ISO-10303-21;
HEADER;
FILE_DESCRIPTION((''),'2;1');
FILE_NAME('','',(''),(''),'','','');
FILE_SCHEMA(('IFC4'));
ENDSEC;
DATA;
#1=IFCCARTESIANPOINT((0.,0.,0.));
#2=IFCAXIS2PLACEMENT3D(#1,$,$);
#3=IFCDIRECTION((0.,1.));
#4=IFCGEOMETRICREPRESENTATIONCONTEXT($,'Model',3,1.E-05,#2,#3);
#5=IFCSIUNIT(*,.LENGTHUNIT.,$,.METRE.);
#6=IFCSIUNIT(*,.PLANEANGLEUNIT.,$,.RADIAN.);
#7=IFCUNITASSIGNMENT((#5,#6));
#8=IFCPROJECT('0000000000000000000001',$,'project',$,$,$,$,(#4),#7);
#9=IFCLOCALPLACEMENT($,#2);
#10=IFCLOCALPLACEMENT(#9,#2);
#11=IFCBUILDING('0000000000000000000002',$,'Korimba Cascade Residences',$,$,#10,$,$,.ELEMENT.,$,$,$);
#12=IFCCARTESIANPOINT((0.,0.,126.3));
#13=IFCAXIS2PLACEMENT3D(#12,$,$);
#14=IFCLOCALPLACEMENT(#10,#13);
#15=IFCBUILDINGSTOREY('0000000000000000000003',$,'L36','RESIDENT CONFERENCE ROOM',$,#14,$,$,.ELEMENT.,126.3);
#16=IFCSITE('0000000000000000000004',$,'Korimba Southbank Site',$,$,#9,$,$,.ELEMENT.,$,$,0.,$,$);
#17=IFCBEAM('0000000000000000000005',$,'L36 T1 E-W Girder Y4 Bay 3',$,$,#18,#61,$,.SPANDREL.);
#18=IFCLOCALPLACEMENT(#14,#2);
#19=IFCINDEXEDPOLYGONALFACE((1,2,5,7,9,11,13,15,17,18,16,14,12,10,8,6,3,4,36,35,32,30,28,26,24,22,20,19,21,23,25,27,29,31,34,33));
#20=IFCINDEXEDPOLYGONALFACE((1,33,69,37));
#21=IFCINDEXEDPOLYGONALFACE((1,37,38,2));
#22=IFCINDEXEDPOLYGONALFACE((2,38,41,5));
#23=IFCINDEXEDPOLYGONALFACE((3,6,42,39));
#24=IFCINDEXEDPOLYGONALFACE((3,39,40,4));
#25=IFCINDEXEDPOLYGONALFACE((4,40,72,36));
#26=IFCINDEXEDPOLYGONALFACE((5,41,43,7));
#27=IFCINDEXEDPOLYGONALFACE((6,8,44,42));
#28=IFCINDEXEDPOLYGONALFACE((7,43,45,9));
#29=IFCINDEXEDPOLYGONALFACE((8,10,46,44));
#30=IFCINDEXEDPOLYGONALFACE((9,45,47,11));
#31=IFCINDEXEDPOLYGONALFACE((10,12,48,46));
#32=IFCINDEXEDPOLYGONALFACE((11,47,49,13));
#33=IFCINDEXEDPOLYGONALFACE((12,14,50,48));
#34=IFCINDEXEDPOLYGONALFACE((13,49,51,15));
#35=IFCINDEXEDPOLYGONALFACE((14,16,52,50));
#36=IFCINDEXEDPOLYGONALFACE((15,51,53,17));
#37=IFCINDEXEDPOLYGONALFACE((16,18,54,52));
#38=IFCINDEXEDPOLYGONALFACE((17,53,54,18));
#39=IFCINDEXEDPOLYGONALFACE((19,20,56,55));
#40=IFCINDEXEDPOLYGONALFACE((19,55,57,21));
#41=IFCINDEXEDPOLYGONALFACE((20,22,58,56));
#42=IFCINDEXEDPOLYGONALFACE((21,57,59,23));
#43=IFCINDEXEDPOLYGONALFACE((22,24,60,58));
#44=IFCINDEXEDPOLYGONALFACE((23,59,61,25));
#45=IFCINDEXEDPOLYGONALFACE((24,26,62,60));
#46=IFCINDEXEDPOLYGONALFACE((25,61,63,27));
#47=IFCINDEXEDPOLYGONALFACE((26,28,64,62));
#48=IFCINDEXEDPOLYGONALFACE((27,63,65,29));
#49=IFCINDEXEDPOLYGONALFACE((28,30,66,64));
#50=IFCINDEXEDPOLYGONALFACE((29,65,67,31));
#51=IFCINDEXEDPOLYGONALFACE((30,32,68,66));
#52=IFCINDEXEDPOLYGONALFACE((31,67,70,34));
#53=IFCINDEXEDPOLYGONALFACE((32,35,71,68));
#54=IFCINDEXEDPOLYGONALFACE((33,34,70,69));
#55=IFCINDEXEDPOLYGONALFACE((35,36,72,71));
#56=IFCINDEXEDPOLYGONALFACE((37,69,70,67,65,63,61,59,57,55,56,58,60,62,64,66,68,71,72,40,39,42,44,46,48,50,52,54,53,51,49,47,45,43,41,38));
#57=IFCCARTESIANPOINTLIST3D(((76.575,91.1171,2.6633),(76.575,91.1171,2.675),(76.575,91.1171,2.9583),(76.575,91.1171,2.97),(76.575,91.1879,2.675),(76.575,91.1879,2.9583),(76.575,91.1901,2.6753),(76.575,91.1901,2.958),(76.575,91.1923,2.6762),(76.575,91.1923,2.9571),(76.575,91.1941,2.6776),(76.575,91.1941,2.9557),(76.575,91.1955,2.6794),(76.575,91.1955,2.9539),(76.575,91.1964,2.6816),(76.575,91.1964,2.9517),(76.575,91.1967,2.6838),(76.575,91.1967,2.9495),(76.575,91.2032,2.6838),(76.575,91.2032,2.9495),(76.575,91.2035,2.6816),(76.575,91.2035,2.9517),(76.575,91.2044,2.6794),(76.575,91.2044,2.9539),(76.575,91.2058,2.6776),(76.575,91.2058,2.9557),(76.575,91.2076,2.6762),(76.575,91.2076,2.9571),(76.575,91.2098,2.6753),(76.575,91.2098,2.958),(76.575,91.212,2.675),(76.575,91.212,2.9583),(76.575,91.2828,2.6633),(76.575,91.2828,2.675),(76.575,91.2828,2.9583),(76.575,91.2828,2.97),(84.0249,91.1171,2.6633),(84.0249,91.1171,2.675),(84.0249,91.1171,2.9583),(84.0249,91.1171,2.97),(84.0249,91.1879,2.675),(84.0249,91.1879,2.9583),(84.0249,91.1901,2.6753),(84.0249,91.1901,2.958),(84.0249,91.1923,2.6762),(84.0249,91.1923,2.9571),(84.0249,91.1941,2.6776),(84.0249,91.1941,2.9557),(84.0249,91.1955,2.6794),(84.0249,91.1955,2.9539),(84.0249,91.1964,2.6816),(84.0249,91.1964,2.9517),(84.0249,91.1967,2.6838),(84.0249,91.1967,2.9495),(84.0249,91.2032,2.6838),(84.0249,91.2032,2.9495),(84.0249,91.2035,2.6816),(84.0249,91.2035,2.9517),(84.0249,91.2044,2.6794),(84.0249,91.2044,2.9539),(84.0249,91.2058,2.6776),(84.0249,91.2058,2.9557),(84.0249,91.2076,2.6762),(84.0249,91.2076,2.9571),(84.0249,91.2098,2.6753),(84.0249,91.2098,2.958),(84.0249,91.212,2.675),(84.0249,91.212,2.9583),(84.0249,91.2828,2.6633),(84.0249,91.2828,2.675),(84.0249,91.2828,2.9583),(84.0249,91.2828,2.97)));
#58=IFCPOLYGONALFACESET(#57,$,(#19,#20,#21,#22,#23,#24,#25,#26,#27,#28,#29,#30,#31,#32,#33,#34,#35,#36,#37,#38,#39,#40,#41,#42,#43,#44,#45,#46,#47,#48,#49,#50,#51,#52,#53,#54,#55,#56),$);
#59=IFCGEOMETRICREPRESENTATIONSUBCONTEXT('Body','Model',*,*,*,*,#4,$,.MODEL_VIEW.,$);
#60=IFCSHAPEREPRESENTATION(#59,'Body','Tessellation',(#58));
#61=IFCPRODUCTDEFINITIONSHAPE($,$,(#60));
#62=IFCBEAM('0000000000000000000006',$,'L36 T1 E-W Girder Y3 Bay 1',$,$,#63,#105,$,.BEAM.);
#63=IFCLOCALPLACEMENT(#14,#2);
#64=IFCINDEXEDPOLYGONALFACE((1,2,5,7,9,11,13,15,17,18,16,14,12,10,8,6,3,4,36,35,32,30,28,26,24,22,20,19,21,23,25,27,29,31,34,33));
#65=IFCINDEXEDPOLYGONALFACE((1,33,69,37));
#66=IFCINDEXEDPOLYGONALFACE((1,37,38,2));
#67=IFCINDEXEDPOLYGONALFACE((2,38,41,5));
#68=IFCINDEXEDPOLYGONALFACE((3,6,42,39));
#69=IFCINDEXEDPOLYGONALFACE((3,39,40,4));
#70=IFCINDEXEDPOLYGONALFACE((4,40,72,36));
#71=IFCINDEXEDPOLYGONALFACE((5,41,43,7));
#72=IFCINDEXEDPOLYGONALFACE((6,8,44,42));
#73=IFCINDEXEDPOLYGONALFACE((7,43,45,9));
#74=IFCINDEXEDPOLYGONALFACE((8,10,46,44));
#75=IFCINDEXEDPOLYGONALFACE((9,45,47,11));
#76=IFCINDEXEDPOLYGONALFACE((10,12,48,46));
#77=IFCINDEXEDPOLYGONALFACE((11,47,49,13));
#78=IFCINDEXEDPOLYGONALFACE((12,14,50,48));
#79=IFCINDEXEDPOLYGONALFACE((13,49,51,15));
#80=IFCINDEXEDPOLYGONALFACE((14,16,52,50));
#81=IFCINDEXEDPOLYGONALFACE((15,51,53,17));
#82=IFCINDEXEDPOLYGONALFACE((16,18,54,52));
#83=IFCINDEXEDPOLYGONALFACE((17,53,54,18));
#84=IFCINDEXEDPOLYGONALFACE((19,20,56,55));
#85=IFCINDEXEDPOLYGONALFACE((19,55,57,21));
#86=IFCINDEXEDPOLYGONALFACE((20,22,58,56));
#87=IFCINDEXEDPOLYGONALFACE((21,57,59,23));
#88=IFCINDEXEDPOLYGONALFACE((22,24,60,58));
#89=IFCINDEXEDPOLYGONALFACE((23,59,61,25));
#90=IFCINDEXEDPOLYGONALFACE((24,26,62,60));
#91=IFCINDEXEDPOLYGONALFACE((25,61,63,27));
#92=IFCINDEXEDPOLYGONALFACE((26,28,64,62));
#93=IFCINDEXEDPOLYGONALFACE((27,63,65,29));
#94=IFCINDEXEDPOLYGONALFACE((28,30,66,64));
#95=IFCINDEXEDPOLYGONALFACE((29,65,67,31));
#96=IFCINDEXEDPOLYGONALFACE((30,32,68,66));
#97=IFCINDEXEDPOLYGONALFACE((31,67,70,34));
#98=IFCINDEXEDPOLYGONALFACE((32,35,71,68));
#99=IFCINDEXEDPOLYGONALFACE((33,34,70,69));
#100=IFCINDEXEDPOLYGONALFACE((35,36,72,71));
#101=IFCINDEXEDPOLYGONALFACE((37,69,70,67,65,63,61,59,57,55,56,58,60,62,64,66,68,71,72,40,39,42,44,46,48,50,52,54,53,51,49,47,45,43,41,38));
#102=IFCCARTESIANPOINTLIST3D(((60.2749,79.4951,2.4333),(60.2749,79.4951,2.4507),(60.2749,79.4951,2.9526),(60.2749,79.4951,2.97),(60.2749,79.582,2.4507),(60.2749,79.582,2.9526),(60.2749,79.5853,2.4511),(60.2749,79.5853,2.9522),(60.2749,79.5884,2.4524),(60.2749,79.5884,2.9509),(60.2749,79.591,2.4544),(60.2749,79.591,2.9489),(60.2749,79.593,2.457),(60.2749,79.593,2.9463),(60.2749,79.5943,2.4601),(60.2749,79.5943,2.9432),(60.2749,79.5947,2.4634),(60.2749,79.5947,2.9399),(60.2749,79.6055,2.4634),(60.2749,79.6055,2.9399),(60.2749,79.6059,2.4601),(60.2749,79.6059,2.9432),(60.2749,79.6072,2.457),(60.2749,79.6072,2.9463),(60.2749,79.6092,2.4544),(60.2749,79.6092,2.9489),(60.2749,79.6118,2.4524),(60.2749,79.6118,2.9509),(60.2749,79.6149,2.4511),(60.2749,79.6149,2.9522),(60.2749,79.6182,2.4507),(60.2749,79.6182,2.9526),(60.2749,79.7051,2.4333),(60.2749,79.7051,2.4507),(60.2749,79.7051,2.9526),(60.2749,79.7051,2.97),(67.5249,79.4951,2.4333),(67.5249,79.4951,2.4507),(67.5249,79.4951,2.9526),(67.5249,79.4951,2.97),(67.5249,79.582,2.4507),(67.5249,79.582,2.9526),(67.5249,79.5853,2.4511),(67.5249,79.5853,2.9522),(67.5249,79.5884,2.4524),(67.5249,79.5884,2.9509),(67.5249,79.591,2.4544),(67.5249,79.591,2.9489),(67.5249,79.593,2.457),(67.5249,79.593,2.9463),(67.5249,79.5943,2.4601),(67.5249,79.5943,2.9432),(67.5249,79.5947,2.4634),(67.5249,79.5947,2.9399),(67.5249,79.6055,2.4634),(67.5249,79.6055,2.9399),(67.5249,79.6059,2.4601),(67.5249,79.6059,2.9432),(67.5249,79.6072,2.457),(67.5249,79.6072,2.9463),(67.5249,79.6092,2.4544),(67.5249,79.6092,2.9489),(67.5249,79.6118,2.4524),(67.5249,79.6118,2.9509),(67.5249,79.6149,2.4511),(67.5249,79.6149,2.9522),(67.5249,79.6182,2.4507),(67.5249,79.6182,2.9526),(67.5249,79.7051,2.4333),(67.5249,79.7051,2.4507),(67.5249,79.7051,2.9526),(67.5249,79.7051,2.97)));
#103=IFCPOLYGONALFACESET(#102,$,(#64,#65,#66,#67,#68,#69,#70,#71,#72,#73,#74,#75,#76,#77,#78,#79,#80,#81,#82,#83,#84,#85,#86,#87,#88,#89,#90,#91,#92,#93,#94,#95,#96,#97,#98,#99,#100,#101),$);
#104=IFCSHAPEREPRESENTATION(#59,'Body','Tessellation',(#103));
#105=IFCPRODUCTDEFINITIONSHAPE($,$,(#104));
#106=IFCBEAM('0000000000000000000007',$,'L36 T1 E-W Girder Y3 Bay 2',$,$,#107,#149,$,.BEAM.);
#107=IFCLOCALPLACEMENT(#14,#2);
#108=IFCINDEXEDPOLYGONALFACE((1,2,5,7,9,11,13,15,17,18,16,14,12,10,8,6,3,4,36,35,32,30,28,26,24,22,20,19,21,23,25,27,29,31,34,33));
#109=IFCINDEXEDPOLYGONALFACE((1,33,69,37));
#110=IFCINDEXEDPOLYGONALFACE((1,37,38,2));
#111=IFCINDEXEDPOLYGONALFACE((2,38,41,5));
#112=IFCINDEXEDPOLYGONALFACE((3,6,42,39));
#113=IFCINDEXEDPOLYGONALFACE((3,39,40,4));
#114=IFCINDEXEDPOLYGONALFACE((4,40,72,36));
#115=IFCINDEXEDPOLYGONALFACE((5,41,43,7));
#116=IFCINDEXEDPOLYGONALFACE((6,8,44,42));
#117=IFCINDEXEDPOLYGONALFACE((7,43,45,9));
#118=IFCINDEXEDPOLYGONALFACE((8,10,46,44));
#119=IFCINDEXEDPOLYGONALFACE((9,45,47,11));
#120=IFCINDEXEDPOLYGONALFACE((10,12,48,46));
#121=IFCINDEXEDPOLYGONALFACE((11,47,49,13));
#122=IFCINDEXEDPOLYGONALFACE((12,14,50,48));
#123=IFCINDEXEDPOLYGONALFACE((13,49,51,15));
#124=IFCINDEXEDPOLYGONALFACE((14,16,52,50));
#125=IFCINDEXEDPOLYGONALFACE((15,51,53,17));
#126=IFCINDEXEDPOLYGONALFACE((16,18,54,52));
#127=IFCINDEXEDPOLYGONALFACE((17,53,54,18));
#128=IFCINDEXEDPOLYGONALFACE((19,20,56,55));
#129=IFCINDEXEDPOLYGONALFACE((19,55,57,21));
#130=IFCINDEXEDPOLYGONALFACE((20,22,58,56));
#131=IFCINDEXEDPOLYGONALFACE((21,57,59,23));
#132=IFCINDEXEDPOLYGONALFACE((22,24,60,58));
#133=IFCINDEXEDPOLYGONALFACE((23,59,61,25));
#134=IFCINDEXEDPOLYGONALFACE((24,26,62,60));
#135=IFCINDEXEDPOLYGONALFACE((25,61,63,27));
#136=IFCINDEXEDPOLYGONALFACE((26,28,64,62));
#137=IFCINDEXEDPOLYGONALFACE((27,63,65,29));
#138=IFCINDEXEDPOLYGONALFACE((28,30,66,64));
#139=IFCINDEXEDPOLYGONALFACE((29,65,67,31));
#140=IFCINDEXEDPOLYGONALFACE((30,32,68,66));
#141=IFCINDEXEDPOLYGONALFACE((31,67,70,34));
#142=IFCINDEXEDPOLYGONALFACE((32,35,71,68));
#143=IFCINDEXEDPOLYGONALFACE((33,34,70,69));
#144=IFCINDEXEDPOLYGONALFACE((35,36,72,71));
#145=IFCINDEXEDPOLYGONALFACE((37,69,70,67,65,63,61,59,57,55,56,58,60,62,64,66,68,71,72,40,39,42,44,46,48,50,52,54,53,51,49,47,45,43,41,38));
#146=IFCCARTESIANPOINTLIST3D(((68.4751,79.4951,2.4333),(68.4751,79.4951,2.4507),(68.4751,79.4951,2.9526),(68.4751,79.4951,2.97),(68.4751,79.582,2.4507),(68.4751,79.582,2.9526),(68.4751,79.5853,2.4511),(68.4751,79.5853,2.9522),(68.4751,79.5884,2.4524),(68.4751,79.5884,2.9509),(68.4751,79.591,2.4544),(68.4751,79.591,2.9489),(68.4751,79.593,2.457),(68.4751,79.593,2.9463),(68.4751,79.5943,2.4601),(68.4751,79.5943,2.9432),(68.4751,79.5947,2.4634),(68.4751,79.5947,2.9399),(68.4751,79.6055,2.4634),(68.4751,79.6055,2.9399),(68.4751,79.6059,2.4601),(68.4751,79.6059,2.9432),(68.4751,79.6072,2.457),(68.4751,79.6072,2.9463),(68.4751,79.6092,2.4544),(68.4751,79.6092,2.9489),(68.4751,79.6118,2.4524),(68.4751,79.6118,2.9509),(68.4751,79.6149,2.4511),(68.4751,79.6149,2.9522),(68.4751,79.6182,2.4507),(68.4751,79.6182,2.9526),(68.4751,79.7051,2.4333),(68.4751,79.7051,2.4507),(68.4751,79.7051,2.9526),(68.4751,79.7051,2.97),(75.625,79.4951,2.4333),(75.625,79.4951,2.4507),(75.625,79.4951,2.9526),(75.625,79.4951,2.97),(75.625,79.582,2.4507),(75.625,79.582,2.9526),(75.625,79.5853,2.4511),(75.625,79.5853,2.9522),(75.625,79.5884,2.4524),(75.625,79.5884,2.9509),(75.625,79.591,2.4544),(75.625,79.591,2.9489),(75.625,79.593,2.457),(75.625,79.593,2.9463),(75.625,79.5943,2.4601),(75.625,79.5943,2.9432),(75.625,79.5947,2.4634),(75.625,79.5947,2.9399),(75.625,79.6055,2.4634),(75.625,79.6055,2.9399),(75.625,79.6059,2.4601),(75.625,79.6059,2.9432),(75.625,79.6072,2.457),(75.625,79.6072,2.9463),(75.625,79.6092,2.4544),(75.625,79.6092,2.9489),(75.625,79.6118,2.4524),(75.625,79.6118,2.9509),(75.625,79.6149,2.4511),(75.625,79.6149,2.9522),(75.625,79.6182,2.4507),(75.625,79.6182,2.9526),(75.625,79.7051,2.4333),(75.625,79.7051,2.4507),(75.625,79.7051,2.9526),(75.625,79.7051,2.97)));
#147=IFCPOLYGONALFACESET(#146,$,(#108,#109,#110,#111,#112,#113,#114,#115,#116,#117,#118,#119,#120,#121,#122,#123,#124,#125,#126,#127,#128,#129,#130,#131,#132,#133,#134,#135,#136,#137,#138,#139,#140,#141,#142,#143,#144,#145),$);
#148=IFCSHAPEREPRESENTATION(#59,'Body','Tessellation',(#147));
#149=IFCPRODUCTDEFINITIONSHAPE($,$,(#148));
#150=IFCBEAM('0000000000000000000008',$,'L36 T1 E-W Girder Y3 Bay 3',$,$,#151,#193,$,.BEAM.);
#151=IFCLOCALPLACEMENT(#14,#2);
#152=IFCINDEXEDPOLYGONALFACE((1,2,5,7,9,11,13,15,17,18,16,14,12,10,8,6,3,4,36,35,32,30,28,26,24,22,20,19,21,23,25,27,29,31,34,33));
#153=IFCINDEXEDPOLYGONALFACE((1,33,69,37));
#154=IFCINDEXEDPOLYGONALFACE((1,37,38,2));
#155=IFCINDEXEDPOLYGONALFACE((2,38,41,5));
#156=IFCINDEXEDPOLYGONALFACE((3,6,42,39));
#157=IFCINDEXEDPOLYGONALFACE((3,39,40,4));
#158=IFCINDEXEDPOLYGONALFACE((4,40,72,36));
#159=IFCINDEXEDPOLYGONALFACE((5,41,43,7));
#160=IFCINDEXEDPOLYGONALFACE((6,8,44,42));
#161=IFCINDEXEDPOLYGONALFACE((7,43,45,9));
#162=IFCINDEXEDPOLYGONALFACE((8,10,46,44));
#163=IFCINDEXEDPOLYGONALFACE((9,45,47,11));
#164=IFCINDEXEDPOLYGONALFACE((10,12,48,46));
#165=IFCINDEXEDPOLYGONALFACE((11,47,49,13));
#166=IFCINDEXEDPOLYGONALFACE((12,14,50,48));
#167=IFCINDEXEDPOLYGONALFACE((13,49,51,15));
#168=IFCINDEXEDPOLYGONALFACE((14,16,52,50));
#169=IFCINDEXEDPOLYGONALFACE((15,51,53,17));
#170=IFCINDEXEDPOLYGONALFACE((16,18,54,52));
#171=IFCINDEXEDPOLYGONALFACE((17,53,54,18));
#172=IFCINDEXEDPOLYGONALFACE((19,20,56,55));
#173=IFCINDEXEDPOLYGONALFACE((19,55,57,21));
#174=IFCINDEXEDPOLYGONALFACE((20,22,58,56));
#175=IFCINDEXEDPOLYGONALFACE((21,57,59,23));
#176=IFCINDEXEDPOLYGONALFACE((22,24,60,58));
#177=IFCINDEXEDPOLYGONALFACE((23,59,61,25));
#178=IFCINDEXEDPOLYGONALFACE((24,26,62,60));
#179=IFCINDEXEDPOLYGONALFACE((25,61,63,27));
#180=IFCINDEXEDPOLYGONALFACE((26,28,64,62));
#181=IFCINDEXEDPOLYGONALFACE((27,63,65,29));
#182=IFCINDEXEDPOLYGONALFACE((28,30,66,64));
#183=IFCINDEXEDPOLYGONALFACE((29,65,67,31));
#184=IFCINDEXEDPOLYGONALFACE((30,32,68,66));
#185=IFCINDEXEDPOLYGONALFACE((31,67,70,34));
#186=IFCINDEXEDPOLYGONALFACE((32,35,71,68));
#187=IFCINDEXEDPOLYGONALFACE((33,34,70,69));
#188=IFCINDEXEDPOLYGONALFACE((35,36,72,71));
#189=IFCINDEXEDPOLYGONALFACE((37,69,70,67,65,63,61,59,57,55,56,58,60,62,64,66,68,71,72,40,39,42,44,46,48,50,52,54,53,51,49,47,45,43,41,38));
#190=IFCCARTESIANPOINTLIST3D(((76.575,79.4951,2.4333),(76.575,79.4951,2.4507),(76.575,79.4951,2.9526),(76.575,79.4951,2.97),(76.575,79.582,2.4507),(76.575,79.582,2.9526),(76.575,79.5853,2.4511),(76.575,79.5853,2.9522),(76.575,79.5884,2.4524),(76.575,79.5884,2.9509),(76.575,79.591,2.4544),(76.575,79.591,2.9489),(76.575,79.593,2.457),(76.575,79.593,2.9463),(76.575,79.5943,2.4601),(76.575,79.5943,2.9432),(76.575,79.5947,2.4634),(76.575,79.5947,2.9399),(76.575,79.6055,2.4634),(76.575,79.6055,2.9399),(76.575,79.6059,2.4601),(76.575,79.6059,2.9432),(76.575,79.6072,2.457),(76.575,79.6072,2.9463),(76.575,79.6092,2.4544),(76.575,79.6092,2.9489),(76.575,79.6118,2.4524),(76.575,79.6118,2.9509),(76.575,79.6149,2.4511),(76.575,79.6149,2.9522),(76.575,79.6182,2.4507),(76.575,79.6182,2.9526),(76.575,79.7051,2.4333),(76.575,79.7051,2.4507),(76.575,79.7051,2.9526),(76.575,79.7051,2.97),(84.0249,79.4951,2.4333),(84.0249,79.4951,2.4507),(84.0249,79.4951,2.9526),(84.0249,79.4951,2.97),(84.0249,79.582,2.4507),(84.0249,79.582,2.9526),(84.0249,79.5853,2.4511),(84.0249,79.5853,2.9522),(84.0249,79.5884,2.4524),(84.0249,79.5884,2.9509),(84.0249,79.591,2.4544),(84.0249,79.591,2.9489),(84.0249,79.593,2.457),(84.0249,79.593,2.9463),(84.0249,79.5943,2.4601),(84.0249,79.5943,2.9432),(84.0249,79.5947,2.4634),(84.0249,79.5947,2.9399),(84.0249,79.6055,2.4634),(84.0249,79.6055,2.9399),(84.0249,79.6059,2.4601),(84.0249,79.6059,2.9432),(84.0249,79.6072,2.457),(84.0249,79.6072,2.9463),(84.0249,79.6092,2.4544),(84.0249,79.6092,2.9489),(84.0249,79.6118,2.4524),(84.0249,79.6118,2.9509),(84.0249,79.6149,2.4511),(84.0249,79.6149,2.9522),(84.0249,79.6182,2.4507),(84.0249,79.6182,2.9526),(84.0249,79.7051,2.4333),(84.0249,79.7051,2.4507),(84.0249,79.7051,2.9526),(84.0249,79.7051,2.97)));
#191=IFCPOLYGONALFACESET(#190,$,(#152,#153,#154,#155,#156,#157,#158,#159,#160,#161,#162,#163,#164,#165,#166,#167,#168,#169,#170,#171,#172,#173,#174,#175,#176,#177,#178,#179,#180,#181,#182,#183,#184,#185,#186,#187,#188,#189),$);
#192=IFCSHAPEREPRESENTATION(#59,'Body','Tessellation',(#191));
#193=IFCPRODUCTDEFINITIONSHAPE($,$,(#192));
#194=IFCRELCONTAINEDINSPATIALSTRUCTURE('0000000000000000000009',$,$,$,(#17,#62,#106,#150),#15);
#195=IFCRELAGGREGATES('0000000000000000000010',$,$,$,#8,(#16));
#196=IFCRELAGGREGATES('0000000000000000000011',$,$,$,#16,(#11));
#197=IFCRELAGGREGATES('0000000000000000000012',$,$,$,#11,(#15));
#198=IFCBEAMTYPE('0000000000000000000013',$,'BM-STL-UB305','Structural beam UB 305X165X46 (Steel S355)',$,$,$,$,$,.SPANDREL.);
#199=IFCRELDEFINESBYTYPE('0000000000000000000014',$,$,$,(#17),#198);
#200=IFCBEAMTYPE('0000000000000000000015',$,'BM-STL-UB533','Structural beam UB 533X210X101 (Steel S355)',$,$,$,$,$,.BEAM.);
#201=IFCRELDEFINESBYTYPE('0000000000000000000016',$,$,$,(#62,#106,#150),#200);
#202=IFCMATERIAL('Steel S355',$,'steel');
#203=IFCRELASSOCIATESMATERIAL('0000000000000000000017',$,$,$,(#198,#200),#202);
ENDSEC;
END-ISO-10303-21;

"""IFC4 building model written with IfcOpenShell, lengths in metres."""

from ifc_helpers import new_model, si_unit, direction, frame, origin, origin_2d, place, context, subcontext, project, spatial, i_section, extrude, material, material_profile, profile_set, type_object, element, save


model = new_model("IFC4")

# Units and contexts
model_context = context("Model", 3, precision=1e-05, world=origin(), true_north=direction((0.0, 1.0)))
body_context = subcontext(model_context, "Body", "Model", "MODEL_VIEW")
ifc_project = project(units=[si_unit("LENGTHUNIT", "METRE"), si_unit("PLANEANGLEUNIT", "RADIAN")], contexts=[model_context])

# Site, building, storey
site_placement = place(None, origin())
site = spatial("IfcSite", under=ifc_project, at=site_placement, Name="Korimba Southbank Site", CompositionType="ELEMENT", RefElevation=0.0)
building_placement = place(site_placement, origin())
building = spatial("IfcBuilding", under=site, at=building_placement, Name="Korimba Cascade Residences", CompositionType="ELEMENT")
storey_placement = place(building_placement, frame((0.0, 0.0, 126.3)))
storey = spatial("IfcBuildingStorey", under=building, at=storey_placement, Name="L36", Description="RESIDENT CONFERENCE ROOM", CompositionType="ELEMENT", Elevation=126.3)

# Beams
ifc_material_1 = material(Name="Steel S355", Category="steel")
ifc_material_profile_1 = material_profile(ifc_material_1, i_section(OverallWidth=0.1658, OverallDepth=0.3066, WebThickness=0.0066, FlangeThickness=0.0117, FilletRadius=0.0088, at=origin_2d()), Name="Steel S355")
ifc_profile_set_1 = profile_set([ifc_material_profile_1], Name="Steel S355")
beam_type_1 = type_object("IfcBeamType", Name="BM-STL-UB305", Description="Structural beam UB 305X165X46 (Steel S355)", PredefinedType="SPANDREL", material=ifc_profile_set_1)
beam_1_placement = place(storey_placement, frame((76.575, 91.2, 2.8167), z_axis=(1.0, 0.0, 0.0), x_axis=(0.0, 1.0, 0.0)))
element("IfcBeam", 1, at=beam_1_placement, inside=storey, type_object=beam_type_1, Name="L36 T1 E-W Girder Y4 Bay 3", PredefinedType="SPANDREL", context=body_context, shape_type="SweptSolid", body=[
    extrude(i_section(OverallWidth=0.1658, OverallDepth=0.3066, WebThickness=0.0066, FlangeThickness=0.0117, FilletRadius=0.0088, at=origin_2d()), origin(), (0.0, 0.0, 1.0), 7.45),
])
ifc_material_profile_2 = material_profile(ifc_material_1, i_section(OverallWidth=0.21, OverallDepth=0.5366, WebThickness=0.0107, FlangeThickness=0.0173, FilletRadius=0.0127, at=origin_2d()), Name="Steel S355")
ifc_profile_set_2 = profile_set([ifc_material_profile_2], Name="Steel S355")
beam_type_2 = type_object("IfcBeamType", Name="BM-STL-UB533", Description="Structural beam UB 533X210X101 (Steel S355)", PredefinedType="BEAM", material=ifc_profile_set_2)
beam_2_placement = place(storey_placement, frame((60.2749, 79.6001, 2.7017), z_axis=(1.0, 0.0, 0.0), x_axis=(0.0, 1.0, 0.0)))
element("IfcBeam", 2, at=beam_2_placement, inside=storey, type_object=beam_type_2, Name="L36 T1 E-W Girder Y3 Bay 1", PredefinedType="BEAM", context=body_context, shape_type="SweptSolid", body=[
    extrude(i_section(OverallWidth=0.21, OverallDepth=0.5366, WebThickness=0.0107, FlangeThickness=0.0173, FilletRadius=0.0127, at=origin_2d()), origin(), (0.0, 0.0, 1.0), 7.25),
])
beam_3_placement = place(storey_placement, frame((68.4751, 79.6001, 2.7017), z_axis=(1.0, 0.0, 0.0), x_axis=(0.0, 1.0, 0.0)))
element("IfcBeam", 3, at=beam_3_placement, inside=storey, type_object=beam_type_2, Name="L36 T1 E-W Girder Y3 Bay 2", PredefinedType="BEAM", context=body_context, shape_type="SweptSolid", body=[
    extrude(i_section(OverallWidth=0.21, OverallDepth=0.5366, WebThickness=0.0107, FlangeThickness=0.0173, FilletRadius=0.0127, at=origin_2d()), origin(), (0.0, 0.0, 1.0), 7.1499),
])
beam_4_placement = place(storey_placement, frame((76.575, 79.6001, 2.7017), z_axis=(1.0, 0.0, 0.0), x_axis=(0.0, 1.0, 0.0)))
element("IfcBeam", 4, at=beam_4_placement, inside=storey, type_object=beam_type_2, Name="L36 T1 E-W Girder Y3 Bay 3", PredefinedType="BEAM", context=body_context, shape_type="SweptSolid", body=[
    extrude(i_section(OverallWidth=0.21, OverallDepth=0.5366, WebThickness=0.0107, FlangeThickness=0.0173, FilletRadius=0.0127, at=origin_2d()), origin(), (0.0, 0.0, 1.0), 7.45),
])

save(model, "model.ifc")
